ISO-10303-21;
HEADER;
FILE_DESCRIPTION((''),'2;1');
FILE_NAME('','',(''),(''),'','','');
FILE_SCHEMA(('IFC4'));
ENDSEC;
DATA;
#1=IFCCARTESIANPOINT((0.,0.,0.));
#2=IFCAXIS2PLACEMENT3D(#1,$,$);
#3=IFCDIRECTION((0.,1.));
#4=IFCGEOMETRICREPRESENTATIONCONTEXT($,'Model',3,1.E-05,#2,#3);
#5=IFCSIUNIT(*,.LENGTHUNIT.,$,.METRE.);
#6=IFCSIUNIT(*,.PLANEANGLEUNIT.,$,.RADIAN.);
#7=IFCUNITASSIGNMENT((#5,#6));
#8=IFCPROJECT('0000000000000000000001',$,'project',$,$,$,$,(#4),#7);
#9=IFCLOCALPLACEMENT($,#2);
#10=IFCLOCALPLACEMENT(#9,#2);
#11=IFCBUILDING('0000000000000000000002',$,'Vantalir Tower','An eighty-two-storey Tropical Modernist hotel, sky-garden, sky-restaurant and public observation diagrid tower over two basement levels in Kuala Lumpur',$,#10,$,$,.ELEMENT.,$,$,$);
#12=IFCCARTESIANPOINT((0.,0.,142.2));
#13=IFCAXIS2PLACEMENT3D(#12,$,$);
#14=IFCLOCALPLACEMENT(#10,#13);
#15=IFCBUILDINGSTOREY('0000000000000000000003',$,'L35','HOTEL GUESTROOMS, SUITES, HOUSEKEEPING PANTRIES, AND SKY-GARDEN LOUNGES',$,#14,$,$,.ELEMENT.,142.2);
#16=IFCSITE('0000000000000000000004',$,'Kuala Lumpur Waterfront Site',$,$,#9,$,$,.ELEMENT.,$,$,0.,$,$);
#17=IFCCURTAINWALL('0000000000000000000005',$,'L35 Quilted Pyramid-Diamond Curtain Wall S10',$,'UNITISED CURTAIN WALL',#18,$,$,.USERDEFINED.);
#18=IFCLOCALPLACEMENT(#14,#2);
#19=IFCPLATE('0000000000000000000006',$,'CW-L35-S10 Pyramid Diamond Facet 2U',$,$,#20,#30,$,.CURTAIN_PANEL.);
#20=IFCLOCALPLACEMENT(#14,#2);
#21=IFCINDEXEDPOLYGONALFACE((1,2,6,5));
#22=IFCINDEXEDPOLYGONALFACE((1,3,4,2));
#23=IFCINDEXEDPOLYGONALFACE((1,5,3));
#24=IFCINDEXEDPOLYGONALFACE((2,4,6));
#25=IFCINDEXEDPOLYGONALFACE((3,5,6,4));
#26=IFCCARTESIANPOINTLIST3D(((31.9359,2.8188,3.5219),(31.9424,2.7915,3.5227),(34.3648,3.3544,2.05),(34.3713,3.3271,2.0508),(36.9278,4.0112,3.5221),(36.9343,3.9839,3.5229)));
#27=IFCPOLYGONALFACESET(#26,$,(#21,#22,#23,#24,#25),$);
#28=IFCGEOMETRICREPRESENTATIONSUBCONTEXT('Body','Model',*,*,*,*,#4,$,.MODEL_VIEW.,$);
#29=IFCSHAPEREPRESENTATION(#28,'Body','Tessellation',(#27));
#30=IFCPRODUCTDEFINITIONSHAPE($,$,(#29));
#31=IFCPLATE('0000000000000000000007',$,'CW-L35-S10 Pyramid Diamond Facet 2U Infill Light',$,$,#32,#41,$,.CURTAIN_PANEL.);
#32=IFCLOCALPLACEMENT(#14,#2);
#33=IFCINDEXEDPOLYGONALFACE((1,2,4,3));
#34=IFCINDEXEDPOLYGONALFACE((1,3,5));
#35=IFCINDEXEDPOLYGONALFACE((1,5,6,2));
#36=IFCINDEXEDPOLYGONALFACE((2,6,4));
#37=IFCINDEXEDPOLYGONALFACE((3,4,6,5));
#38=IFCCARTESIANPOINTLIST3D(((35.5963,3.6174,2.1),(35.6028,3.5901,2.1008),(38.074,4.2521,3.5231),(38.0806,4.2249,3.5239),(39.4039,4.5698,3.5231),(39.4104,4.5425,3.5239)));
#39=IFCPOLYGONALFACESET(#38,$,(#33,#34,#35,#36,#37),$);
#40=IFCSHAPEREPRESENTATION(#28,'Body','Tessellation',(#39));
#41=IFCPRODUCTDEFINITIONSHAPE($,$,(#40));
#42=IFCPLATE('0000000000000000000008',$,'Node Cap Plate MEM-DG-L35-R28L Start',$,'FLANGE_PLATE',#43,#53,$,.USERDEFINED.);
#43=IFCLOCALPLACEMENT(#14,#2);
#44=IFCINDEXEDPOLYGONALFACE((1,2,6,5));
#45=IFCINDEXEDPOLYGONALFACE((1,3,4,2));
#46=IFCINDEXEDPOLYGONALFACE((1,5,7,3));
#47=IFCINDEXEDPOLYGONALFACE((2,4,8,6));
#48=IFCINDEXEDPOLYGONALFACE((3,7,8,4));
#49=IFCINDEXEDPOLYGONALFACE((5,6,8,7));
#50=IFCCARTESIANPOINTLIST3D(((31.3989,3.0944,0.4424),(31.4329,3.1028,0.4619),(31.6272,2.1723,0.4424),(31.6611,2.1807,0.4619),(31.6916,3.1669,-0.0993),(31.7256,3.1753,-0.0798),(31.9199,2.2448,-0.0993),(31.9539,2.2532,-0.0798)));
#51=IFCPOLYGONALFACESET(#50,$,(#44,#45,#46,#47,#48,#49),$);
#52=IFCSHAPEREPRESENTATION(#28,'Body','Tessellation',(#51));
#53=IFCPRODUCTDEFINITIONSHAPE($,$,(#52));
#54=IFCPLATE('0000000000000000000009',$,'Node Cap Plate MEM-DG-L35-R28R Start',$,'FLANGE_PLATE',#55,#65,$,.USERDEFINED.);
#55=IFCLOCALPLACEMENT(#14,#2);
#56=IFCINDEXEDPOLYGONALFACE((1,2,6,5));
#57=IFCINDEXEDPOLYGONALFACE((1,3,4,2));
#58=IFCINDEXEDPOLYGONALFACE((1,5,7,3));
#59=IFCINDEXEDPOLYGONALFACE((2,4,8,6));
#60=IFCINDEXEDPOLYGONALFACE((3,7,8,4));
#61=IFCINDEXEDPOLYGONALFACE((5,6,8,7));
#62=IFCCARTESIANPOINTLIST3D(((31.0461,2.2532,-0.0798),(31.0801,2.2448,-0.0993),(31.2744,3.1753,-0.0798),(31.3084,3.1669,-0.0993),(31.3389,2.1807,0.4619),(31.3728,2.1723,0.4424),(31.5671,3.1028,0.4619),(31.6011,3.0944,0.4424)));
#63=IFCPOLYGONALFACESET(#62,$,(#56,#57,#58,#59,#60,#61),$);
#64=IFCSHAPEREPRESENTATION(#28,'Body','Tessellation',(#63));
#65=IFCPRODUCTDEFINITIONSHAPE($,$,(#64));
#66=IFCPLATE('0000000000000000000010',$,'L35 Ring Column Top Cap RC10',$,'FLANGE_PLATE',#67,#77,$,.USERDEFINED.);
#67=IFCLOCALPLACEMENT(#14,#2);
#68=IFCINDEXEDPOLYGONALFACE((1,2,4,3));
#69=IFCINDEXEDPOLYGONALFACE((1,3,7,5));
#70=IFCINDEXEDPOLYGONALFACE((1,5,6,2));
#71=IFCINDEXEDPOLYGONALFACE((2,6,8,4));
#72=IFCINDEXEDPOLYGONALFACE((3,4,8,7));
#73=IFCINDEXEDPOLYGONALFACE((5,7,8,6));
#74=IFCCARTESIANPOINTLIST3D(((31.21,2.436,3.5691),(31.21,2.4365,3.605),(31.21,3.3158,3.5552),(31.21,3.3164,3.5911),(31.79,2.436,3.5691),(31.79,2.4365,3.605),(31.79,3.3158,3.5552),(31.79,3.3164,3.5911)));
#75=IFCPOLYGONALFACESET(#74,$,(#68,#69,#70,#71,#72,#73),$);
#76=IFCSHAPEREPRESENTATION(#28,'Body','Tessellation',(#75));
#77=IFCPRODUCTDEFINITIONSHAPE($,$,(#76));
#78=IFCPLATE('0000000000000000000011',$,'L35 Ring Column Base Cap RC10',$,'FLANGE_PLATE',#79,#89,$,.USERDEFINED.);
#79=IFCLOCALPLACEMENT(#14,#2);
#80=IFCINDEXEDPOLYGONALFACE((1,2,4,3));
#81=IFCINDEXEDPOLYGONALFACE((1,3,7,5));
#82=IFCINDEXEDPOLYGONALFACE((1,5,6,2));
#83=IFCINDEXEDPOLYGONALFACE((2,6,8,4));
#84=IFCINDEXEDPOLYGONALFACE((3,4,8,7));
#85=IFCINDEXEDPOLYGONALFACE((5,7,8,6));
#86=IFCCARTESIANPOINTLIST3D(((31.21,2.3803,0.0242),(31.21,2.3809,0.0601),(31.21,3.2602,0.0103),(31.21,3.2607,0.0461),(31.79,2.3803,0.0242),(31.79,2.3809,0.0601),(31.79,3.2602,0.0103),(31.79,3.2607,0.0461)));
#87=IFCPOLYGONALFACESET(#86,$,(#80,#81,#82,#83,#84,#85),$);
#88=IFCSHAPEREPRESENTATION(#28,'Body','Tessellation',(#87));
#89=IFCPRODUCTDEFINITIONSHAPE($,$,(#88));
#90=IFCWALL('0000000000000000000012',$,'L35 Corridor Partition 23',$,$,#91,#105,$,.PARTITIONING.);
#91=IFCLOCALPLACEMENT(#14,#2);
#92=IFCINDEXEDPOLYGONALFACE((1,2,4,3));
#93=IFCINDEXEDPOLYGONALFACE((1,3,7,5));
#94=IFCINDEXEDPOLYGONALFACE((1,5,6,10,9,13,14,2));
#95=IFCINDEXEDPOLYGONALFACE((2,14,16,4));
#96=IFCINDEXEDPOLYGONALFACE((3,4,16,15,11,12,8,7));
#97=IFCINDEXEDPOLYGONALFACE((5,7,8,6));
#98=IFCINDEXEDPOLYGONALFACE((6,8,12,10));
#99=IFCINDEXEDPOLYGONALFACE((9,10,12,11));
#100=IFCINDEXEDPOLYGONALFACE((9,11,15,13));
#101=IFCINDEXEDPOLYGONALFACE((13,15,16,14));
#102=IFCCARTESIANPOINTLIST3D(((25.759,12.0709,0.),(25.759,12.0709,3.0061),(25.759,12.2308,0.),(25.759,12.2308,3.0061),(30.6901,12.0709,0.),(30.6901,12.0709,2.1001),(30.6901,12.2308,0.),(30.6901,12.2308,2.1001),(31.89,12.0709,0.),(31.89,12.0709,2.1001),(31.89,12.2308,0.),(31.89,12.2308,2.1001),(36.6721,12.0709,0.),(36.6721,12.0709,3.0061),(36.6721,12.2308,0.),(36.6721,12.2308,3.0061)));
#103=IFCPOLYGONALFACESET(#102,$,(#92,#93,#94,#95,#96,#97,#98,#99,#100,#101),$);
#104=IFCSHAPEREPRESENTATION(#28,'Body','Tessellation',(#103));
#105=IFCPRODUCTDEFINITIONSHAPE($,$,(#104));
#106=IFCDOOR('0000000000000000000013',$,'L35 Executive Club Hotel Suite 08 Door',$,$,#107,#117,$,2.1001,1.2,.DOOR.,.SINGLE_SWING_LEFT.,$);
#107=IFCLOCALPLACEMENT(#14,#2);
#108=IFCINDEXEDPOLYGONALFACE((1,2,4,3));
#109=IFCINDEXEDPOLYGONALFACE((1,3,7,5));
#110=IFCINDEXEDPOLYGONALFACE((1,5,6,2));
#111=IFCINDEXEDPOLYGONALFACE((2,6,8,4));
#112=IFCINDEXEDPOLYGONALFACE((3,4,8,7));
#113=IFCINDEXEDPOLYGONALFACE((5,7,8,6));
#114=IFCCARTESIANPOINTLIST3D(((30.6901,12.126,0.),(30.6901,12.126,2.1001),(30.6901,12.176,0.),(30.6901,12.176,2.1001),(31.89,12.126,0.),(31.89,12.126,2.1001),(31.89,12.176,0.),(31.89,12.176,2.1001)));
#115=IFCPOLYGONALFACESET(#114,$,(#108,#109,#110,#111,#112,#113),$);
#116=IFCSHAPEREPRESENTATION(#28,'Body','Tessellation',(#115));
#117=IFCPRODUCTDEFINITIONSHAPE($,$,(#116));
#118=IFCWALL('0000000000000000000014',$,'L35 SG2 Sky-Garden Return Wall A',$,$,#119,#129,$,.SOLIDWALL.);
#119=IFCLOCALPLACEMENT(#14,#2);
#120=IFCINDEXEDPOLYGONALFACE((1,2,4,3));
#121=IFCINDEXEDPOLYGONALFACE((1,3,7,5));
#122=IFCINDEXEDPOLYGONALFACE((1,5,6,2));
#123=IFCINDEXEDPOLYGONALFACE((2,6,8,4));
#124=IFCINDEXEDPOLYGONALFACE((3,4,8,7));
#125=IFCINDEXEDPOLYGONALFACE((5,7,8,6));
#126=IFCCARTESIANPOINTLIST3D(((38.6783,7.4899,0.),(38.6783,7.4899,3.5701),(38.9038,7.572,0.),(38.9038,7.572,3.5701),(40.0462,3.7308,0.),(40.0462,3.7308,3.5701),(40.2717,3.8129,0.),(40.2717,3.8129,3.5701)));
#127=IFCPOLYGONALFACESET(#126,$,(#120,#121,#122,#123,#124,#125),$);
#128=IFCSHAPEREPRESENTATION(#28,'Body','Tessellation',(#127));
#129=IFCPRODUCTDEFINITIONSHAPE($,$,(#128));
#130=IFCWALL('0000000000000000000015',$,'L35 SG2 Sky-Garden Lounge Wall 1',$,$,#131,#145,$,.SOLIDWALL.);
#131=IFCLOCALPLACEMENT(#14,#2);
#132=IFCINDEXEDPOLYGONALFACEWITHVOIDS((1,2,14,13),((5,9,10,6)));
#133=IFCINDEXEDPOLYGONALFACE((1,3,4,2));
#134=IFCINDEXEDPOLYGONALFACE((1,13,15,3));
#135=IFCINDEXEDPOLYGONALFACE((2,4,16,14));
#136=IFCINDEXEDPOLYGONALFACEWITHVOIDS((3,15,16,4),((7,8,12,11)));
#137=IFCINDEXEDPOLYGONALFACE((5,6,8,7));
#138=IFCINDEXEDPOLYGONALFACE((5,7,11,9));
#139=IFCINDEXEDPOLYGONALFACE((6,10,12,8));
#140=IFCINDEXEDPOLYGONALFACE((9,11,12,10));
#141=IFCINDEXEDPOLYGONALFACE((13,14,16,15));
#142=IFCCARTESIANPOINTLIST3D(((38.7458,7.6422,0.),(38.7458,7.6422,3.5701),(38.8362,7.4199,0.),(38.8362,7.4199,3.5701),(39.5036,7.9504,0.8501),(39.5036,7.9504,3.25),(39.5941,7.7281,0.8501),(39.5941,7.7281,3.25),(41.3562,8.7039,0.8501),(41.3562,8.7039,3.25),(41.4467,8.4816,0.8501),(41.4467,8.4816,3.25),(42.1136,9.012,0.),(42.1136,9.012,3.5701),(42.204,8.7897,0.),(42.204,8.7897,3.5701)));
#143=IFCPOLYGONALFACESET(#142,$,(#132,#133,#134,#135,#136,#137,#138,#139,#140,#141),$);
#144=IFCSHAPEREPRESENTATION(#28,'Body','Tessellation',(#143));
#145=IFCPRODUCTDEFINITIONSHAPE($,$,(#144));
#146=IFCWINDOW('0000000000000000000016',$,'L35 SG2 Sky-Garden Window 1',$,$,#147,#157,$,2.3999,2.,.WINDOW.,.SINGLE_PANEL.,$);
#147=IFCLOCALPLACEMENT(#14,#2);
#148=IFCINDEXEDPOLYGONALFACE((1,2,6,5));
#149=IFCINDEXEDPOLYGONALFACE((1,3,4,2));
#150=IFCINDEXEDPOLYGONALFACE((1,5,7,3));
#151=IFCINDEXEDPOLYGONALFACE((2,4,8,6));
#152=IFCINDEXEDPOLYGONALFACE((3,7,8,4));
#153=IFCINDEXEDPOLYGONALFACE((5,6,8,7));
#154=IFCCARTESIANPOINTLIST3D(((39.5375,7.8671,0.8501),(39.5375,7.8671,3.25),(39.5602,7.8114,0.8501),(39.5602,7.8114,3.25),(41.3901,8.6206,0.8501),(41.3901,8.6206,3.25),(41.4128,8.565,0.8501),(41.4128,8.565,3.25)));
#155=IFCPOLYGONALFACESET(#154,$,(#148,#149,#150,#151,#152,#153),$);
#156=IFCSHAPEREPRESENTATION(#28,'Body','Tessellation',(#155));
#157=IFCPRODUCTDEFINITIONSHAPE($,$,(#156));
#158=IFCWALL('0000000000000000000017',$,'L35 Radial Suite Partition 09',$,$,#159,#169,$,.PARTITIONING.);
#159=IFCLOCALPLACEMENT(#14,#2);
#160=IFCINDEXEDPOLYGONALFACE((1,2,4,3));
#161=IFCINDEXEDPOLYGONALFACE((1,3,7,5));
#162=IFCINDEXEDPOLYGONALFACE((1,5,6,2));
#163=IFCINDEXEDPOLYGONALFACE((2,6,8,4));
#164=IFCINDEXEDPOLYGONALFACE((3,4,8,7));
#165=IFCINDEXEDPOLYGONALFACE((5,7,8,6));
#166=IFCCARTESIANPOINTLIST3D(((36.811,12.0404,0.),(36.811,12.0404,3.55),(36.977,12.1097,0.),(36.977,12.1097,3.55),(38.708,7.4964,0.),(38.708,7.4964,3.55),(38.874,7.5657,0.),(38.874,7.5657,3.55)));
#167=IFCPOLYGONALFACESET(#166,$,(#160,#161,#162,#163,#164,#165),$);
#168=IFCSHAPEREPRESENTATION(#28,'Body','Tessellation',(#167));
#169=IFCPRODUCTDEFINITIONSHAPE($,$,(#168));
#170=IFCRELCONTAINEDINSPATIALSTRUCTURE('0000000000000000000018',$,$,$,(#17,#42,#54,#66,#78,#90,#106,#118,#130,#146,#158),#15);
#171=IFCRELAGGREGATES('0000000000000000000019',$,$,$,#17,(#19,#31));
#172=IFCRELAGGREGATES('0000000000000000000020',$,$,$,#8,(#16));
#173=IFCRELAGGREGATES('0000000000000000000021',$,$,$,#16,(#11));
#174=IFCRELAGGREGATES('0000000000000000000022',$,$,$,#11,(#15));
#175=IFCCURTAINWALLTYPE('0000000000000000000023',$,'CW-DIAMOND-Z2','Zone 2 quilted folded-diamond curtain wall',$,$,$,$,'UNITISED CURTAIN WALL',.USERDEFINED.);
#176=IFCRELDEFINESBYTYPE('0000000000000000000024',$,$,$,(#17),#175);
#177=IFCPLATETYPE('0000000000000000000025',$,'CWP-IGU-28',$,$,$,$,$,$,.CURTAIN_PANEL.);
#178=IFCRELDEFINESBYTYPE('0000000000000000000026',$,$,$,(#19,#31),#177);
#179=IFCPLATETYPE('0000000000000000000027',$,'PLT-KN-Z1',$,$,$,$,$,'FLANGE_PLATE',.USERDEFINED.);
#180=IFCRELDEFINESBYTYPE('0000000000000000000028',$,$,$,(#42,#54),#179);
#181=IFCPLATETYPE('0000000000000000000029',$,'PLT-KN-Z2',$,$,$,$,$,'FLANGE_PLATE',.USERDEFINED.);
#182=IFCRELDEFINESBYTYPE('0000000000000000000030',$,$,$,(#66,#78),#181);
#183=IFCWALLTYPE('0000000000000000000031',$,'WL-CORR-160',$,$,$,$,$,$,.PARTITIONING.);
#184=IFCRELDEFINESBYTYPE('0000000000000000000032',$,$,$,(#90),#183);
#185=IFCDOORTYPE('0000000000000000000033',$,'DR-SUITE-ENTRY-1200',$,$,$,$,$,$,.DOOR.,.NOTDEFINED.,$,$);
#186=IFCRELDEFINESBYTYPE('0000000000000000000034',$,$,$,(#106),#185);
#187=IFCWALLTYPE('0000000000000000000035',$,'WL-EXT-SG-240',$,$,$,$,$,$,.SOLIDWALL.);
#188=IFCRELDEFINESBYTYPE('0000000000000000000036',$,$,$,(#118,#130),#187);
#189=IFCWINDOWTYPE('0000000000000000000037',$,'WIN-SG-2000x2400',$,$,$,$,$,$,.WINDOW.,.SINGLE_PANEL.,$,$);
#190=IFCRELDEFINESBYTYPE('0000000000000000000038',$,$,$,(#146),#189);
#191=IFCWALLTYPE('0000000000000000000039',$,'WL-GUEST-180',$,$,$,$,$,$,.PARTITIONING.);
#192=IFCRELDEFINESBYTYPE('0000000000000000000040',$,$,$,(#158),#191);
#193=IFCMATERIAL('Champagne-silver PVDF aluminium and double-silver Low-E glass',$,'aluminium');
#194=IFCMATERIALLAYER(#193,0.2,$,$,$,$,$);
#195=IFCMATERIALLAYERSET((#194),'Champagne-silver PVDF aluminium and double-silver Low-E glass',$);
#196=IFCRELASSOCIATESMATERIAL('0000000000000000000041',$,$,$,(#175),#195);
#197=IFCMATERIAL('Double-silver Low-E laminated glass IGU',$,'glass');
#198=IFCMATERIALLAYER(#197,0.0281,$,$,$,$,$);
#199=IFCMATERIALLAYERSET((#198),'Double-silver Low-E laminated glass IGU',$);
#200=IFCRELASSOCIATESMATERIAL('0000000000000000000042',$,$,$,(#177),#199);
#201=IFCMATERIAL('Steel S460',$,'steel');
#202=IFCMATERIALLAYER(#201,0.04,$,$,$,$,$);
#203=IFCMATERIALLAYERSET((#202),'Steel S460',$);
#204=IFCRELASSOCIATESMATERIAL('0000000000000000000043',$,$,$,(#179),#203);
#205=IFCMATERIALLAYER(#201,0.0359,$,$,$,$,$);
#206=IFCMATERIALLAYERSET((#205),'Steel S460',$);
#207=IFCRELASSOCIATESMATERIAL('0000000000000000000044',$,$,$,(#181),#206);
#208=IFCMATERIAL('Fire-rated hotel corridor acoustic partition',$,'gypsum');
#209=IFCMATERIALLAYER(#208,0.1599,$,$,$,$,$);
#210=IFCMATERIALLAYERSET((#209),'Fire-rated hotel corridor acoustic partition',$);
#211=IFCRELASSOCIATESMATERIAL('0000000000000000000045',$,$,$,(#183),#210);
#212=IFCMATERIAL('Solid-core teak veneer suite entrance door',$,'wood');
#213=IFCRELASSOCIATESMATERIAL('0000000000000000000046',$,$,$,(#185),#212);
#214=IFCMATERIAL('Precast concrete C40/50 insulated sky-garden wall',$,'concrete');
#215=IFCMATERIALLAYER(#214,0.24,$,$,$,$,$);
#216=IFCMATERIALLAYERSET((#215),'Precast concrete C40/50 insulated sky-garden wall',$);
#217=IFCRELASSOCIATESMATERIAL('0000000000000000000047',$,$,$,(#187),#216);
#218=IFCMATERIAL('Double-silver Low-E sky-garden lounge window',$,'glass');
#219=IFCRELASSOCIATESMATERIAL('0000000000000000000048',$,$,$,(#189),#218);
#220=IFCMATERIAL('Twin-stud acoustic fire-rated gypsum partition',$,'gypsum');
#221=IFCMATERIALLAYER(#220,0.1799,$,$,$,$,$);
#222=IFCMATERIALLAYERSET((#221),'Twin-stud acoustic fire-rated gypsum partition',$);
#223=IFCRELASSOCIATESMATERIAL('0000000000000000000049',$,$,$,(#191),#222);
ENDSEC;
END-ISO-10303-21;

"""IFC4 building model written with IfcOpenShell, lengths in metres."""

from ifc_helpers import new_model, si_unit, direction, frame, frame_2d, origin, place, context, subcontext, project, spatial, polyline, rectangle, outline, extrude, material, layer, layer_set, type_object, element, fill, aggregate, save


model = new_model("IFC4")

# Units and contexts
model_context = context("Model", 3, precision=1e-05, world=origin(), true_north=direction((0.0, 1.0)))
body_context = subcontext(model_context, "Body", "Model", "MODEL_VIEW")
ifc_project = project(units=[si_unit("LENGTHUNIT", "METRE"), si_unit("PLANEANGLEUNIT", "RADIAN")], contexts=[model_context])

# Site, building, storey
site_placement = place(None, origin())
site = spatial("IfcSite", under=ifc_project, at=site_placement, Name="Kuala Lumpur Waterfront Site", CompositionType="ELEMENT", RefElevation=0.0)
building_placement = place(site_placement, origin())
building = spatial("IfcBuilding", under=site, at=building_placement, Name="Vantalir Tower", Description="An eighty-two-storey Tropical Modernist hotel, sky-garden, sky-restaurant and public observation diagrid tower over two basement levels in Kuala Lumpur", CompositionType="ELEMENT")
storey_placement = place(building_placement, frame((0.0, 0.0, 142.2)))
storey = spatial("IfcBuildingStorey", under=building, at=storey_placement, Name="L35", Description="HOTEL GUESTROOMS, SUITES, HOUSEKEEPING PANTRIES, AND SKY-GARDEN LOUNGES", CompositionType="ELEMENT", Elevation=142.2)

# Shared definitions
ifc_material_1 = material(Name="Steel S460", Category="steel")

# Shared definitions
ifc_material_2 = material(Name="Champagne-silver PVDF aluminium and double-silver Low-E glass", Category="aluminium")
ifc_layer_1 = layer(ifc_material_2, 0.2)
ifc_layer_set_1 = layer_set([ifc_layer_1], Name="Champagne-silver PVDF aluminium and double-silver Low-E glass")
curtain_wall_type = type_object("IfcCurtainWallType", Name="CW-DIAMOND-Z2", Description="Zone 2 quilted folded-diamond curtain wall", ElementType="UNITISED CURTAIN WALL", PredefinedType="USERDEFINED", material=ifc_layer_set_1)

# Curtain wall
curtain_wall_1_placement = place(storey_placement, origin())
curtain_wall_1 = element("IfcCurtainWall", 1, at=curtain_wall_1_placement, inside=storey, type_object=curtain_wall_type, Name="L35 Quilted Pyramid-Diamond Curtain Wall S10", ObjectType="UNITISED CURTAIN WALL", PredefinedType="USERDEFINED")

# Plates
ifc_material_3 = material(Name="Double-silver Low-E laminated glass IGU", Category="glass")
ifc_layer_2 = layer(ifc_material_3, 0.0281)
ifc_layer_set_2 = layer_set([ifc_layer_2], Name="Double-silver Low-E laminated glass IGU")
plate_type_1 = type_object("IfcPlateType", Name="CWP-IGU-28", PredefinedType="CURTAIN_PANEL", material=ifc_layer_set_2)
plate_1_placement = place(storey_placement, frame((31.9424, 2.7915, 3.5227), z_axis=(0.232224, -0.972217, 0.029416), x_axis=(0.972638, 0.232326, 0.000048)))
plate_1 = element("IfcPlate", 2, at=plate_1_placement, type_object=plate_type_1, Name="CW-L35-S10 Pyramid Diamond Facet 2U", PredefinedType="CURTAIN_PANEL", context=body_context, shape_type="SweptSolid", body=[
    extrude(outline(polyline([(0.0, 0.0), (5.1324, 0.0), (2.4869, -1.4727), (0.0, 0.0)])), origin(), (0.0, 0.0, -1.0), 0.0281),
])
plate_2_placement = place(storey_placement, frame((38.0806, 4.2249, 3.5239), z_axis=(0.232212, -0.972222, 0.029345), x_axis=(0.972641, 0.232313, 0.0)))
plate_2 = element("IfcPlate", 3, at=plate_2_placement, type_object=plate_type_1, Name="CW-L35-S10 Pyramid Diamond Facet 2U Infill Light", PredefinedType="CURTAIN_PANEL", context=body_context, shape_type="SweptSolid", body=[
    extrude(outline(polyline([(0.0, 0.0), (1.3672, 0.0), (-2.5575, -1.4237), (0.0, 0.0)])), origin(), (0.0, 0.0, -1.0), 0.0281),
])
aggregate(curtain_wall_1, [plate_1, plate_2])

# Plates
ifc_layer_3 = layer(ifc_material_1, 0.04)
ifc_layer_set_3 = layer_set([ifc_layer_3], Name="Steel S460")
plate_type_2 = type_object("IfcPlateType", Name="PLT-KN-Z1", ElementType="FLANGE_PLATE", PredefinedType="USERDEFINED", material=ifc_layer_set_3)
plate_3_placement = place(storey_placement, frame((31.9539, 2.2532, -0.0798), z_axis=(0.848145, 0.209959, 0.486383), x_axis=(-0.240298, 0.970699, 0.0)))
element("IfcPlate", 4, at=plate_3_placement, inside=storey, type_object=plate_type_2, Name="Node Cap Plate MEM-DG-L35-R28L Start", ObjectType="FLANGE_PLATE", PredefinedType="USERDEFINED", context=body_context, shape_type="SweptSolid", body=[
    extrude(outline(polyline([(0.0, 0.0), (0.95, 0.0), (0.9499, 0.62), (0.0, 0.62), (0.0, 0.0)])), origin(), (0.0, 0.0, -1.0), 0.04),
])
plate_4_placement = place(storey_placement, frame((31.2744, 3.1753, -0.0798), z_axis=(-0.848145, 0.209959, 0.486383), x_axis=(-0.240298, -0.970699, 0.0)))
element("IfcPlate", 5, at=plate_4_placement, inside=storey, type_object=plate_type_2, Name="Node Cap Plate MEM-DG-L35-R28R Start", ObjectType="FLANGE_PLATE", PredefinedType="USERDEFINED", context=body_context, shape_type="SweptSolid", body=[
    extrude(outline(polyline([(0.0, 0.0), (0.95, 0.0), (0.95, 0.62), (0.0, 0.62), (0.0, 0.0)])), origin(), (0.0, 0.0, -1.0), 0.04),
])
ifc_layer_4 = layer(ifc_material_1, 0.0359)
ifc_layer_set_4 = layer_set([ifc_layer_4], Name="Steel S460")
plate_type_3 = type_object("IfcPlateType", Name="PLT-KN-Z2", ElementType="FLANGE_PLATE", PredefinedType="USERDEFINED", material=ifc_layer_set_4)
for number, where, z_axis, x_axis, name in (
    (6, (31.21, 3.3164, 3.5911), (0.0, 0.015814, 0.999875), (0.0, -0.999875, 0.015814), "L35 Ring Column Top Cap RC10"),
    (7, (31.21, 3.2607, 0.0461), (0.0, 0.015814, 0.999875), (0.0, -0.999875, 0.015814), "L35 Ring Column Base Cap RC10"),
):
    element("IfcPlate", number, at=place(storey_placement, frame(where, z_axis=z_axis, x_axis=x_axis)), inside=storey, type_object=plate_type_3, Name=name, ObjectType="FLANGE_PLATE", PredefinedType="USERDEFINED", context=body_context, shape_type="SweptSolid", body=[
        extrude(outline(polyline([(0.0, 0.0), (0.88, 0.0), (0.88, 0.5801), (0.0, 0.5801), (0.0, 0.0)])), origin(), (0.0, 0.0, -1.0), 0.0359),
    ])

# Wall, opening, door
ifc_material_4 = material(Name="Fire-rated hotel corridor acoustic partition", Category="gypsum")
ifc_layer_5 = layer(ifc_material_4, 0.1599)
ifc_layer_set_5 = layer_set([ifc_layer_5], Name="Fire-rated hotel corridor acoustic partition")
wall_type_1 = type_object("IfcWallType", Name="WL-CORR-160", PredefinedType="PARTITIONING", material=ifc_layer_set_5)
wall_1_placement = place(storey_placement, frame((36.6721, 12.1509, 0.0), z_axis=(0.0, 0.0, 1.0), x_axis=(-1.0, 0.0, 0.0)))
wall_1 = element("IfcWall", 8, at=wall_1_placement, inside=storey, type_object=wall_type_1, Name="L35 Corridor Partition 23", PredefinedType="PARTITIONING", context=body_context, shape_type="SweptSolid", body=[
    extrude(rectangle(XDim=10.9131, YDim=0.1599, at=frame_2d((5.4565, 0.0))), origin(), (0.0, 0.0, 1.0), 3.0061),
])
opening_1_placement = place(wall_1_placement, frame((4.782, 0.0, 0.0)))
opening_1 = element("IfcOpeningElement", 9, at=opening_1_placement, cuts=wall_1, PredefinedType="OPENING", context=body_context, shape_type="SweptSolid", body=[
    extrude(rectangle(XDim=1.2, YDim=2.1001, at=frame_2d((0.6001, 1.05))), frame((0.0, 0.0898, 0.0), z_axis=(0.0, -1.0, 0.0), x_axis=(1.0, 0.0, 0.0)), (0.0, 0.0, 1.0), 0.1799),
])
ifc_material_5 = material(Name="Solid-core teak veneer suite entrance door", Category="wood")
door_type = type_object("IfcDoorType", Name="DR-SUITE-ENTRY-1200", OperationType="NOTDEFINED", PredefinedType="DOOR", material=ifc_material_5)
door_placement = place(opening_1_placement, origin())
door = element("IfcDoor", 10, at=door_placement, inside=storey, type_object=door_type, Name="L35 Executive Club Hotel Suite 08 Door", OperationType="SINGLE_SWING_LEFT", OverallHeight=2.1001, OverallWidth=1.2, PredefinedType="DOOR", context=body_context, shape_type="SweptSolid", body=[
    extrude(rectangle(XDim=1.2, YDim=2.1001, at=frame_2d((0.6001, 1.05))), frame((0.0, 0.0249, 0.0), z_axis=(0.0, -1.0, 0.0), x_axis=(1.0, 0.0, 0.0)), (0.0, 0.0, 1.0), 0.05),
])
fill(opening_1, door)

# Wall
ifc_material_6 = material(Name="Precast concrete C40/50 insulated sky-garden wall", Category="concrete")
ifc_layer_6 = layer(ifc_material_6, 0.24)
ifc_layer_set_6 = layer_set([ifc_layer_6], Name="Precast concrete C40/50 insulated sky-garden wall")
wall_type_2 = type_object("IfcWallType", Name="WL-EXT-SG-240", PredefinedType="SOLIDWALL", material=ifc_layer_set_6)
wall_2_placement = place(storey_placement, frame((40.1589, 3.772, 0.0), z_axis=(0.0, 0.0, 1.0), x_axis=(-0.341964, 0.939713, 0.0)))
element("IfcWall", 11, at=wall_2_placement, inside=storey, type_object=wall_type_2, Name="L35 SG2 Sky-Garden Return Wall A", PredefinedType="SOLIDWALL", context=body_context, shape_type="SweptSolid", body=[
    extrude(rectangle(XDim=4.0002, YDim=0.24, at=frame_2d((2.0, 0.0))), origin(), (0.0, 0.0, 1.0), 3.5701),
])

# Wall, opening, window
wall_3_placement = place(storey_placement, frame((38.791, 7.531, 0.0), z_axis=(0.0, 0.0, 1.0), x_axis=(0.926308, 0.376768, 0.0)))
wall_3 = element("IfcWall", 12, at=wall_3_placement, inside=storey, type_object=wall_type_2, Name="L35 SG2 Sky-Garden Lounge Wall 1", PredefinedType="SOLIDWALL", context=body_context, shape_type="SweptSolid", body=[
    extrude(rectangle(XDim=3.6357, YDim=0.24, at=frame_2d((1.8179, 0.0))), origin(), (0.0, 0.0, 1.0), 3.5701),
])
opening_2_placement = place(wall_3_placement, frame((0.8181, 0.0, 0.8501)))
opening_2 = element("IfcOpeningElement", 13, at=opening_2_placement, cuts=wall_3, PredefinedType="OPENING", context=body_context, shape_type="SweptSolid", body=[
    extrude(rectangle(XDim=2.0, YDim=2.3999, at=frame_2d((1.0, 1.2))), frame((0.0, 0.1299, 0.0), z_axis=(0.0, -1.0, 0.0), x_axis=(1.0, 0.0, 0.0)), (0.0, 0.0, 1.0), 0.26),
])
ifc_material_7 = material(Name="Double-silver Low-E sky-garden lounge window", Category="glass")
window_type = type_object("IfcWindowType", Name="WIN-SG-2000x2400", PartitioningType="SINGLE_PANEL", PredefinedType="WINDOW", material=ifc_material_7)
window_placement = place(opening_2_placement, origin())
window = element("IfcWindow", 14, at=window_placement, inside=storey, type_object=window_type, Name="L35 SG2 Sky-Garden Window 1", OverallHeight=2.3999, OverallWidth=2.0, PartitioningType="SINGLE_PANEL", PredefinedType="WINDOW", context=body_context, shape_type="SweptSolid", body=[
    extrude(rectangle(XDim=2.0, YDim=2.3999, at=frame_2d((1.0, 1.2))), frame((0.0, 0.03, 0.0), z_axis=(0.0, -1.0, 0.0), x_axis=(1.0, 0.0, 0.0)), (0.0, 0.0, 1.0), 0.0601),
])
fill(opening_2, window)

# Wall
ifc_material_8 = material(Name="Twin-stud acoustic fire-rated gypsum partition", Category="gypsum")
ifc_layer_7 = layer(ifc_material_8, 0.1799)
ifc_layer_set_7 = layer_set([ifc_layer_7], Name="Twin-stud acoustic fire-rated gypsum partition")
wall_type_3 = type_object("IfcWallType", Name="WL-GUEST-180", PredefinedType="PARTITIONING", material=ifc_layer_set_7)
wall_4_placement = place(storey_placement, frame((36.894, 12.075, 0.0), z_axis=(0.0, 0.0, 1.0), x_axis=(0.385249, -0.922813, 0.0)))
element("IfcWall", 15, at=wall_4_placement, inside=storey, type_object=wall_type_3, Name="L35 Radial Suite Partition 09", PredefinedType="PARTITIONING", context=body_context, shape_type="SweptSolid", body=[
    extrude(rectangle(XDim=4.9241, YDim=0.1799, at=frame_2d((2.4619, 0.0))), origin(), (0.0, 0.0, 1.0), 3.55),
])

save(model, "model.ifc")
